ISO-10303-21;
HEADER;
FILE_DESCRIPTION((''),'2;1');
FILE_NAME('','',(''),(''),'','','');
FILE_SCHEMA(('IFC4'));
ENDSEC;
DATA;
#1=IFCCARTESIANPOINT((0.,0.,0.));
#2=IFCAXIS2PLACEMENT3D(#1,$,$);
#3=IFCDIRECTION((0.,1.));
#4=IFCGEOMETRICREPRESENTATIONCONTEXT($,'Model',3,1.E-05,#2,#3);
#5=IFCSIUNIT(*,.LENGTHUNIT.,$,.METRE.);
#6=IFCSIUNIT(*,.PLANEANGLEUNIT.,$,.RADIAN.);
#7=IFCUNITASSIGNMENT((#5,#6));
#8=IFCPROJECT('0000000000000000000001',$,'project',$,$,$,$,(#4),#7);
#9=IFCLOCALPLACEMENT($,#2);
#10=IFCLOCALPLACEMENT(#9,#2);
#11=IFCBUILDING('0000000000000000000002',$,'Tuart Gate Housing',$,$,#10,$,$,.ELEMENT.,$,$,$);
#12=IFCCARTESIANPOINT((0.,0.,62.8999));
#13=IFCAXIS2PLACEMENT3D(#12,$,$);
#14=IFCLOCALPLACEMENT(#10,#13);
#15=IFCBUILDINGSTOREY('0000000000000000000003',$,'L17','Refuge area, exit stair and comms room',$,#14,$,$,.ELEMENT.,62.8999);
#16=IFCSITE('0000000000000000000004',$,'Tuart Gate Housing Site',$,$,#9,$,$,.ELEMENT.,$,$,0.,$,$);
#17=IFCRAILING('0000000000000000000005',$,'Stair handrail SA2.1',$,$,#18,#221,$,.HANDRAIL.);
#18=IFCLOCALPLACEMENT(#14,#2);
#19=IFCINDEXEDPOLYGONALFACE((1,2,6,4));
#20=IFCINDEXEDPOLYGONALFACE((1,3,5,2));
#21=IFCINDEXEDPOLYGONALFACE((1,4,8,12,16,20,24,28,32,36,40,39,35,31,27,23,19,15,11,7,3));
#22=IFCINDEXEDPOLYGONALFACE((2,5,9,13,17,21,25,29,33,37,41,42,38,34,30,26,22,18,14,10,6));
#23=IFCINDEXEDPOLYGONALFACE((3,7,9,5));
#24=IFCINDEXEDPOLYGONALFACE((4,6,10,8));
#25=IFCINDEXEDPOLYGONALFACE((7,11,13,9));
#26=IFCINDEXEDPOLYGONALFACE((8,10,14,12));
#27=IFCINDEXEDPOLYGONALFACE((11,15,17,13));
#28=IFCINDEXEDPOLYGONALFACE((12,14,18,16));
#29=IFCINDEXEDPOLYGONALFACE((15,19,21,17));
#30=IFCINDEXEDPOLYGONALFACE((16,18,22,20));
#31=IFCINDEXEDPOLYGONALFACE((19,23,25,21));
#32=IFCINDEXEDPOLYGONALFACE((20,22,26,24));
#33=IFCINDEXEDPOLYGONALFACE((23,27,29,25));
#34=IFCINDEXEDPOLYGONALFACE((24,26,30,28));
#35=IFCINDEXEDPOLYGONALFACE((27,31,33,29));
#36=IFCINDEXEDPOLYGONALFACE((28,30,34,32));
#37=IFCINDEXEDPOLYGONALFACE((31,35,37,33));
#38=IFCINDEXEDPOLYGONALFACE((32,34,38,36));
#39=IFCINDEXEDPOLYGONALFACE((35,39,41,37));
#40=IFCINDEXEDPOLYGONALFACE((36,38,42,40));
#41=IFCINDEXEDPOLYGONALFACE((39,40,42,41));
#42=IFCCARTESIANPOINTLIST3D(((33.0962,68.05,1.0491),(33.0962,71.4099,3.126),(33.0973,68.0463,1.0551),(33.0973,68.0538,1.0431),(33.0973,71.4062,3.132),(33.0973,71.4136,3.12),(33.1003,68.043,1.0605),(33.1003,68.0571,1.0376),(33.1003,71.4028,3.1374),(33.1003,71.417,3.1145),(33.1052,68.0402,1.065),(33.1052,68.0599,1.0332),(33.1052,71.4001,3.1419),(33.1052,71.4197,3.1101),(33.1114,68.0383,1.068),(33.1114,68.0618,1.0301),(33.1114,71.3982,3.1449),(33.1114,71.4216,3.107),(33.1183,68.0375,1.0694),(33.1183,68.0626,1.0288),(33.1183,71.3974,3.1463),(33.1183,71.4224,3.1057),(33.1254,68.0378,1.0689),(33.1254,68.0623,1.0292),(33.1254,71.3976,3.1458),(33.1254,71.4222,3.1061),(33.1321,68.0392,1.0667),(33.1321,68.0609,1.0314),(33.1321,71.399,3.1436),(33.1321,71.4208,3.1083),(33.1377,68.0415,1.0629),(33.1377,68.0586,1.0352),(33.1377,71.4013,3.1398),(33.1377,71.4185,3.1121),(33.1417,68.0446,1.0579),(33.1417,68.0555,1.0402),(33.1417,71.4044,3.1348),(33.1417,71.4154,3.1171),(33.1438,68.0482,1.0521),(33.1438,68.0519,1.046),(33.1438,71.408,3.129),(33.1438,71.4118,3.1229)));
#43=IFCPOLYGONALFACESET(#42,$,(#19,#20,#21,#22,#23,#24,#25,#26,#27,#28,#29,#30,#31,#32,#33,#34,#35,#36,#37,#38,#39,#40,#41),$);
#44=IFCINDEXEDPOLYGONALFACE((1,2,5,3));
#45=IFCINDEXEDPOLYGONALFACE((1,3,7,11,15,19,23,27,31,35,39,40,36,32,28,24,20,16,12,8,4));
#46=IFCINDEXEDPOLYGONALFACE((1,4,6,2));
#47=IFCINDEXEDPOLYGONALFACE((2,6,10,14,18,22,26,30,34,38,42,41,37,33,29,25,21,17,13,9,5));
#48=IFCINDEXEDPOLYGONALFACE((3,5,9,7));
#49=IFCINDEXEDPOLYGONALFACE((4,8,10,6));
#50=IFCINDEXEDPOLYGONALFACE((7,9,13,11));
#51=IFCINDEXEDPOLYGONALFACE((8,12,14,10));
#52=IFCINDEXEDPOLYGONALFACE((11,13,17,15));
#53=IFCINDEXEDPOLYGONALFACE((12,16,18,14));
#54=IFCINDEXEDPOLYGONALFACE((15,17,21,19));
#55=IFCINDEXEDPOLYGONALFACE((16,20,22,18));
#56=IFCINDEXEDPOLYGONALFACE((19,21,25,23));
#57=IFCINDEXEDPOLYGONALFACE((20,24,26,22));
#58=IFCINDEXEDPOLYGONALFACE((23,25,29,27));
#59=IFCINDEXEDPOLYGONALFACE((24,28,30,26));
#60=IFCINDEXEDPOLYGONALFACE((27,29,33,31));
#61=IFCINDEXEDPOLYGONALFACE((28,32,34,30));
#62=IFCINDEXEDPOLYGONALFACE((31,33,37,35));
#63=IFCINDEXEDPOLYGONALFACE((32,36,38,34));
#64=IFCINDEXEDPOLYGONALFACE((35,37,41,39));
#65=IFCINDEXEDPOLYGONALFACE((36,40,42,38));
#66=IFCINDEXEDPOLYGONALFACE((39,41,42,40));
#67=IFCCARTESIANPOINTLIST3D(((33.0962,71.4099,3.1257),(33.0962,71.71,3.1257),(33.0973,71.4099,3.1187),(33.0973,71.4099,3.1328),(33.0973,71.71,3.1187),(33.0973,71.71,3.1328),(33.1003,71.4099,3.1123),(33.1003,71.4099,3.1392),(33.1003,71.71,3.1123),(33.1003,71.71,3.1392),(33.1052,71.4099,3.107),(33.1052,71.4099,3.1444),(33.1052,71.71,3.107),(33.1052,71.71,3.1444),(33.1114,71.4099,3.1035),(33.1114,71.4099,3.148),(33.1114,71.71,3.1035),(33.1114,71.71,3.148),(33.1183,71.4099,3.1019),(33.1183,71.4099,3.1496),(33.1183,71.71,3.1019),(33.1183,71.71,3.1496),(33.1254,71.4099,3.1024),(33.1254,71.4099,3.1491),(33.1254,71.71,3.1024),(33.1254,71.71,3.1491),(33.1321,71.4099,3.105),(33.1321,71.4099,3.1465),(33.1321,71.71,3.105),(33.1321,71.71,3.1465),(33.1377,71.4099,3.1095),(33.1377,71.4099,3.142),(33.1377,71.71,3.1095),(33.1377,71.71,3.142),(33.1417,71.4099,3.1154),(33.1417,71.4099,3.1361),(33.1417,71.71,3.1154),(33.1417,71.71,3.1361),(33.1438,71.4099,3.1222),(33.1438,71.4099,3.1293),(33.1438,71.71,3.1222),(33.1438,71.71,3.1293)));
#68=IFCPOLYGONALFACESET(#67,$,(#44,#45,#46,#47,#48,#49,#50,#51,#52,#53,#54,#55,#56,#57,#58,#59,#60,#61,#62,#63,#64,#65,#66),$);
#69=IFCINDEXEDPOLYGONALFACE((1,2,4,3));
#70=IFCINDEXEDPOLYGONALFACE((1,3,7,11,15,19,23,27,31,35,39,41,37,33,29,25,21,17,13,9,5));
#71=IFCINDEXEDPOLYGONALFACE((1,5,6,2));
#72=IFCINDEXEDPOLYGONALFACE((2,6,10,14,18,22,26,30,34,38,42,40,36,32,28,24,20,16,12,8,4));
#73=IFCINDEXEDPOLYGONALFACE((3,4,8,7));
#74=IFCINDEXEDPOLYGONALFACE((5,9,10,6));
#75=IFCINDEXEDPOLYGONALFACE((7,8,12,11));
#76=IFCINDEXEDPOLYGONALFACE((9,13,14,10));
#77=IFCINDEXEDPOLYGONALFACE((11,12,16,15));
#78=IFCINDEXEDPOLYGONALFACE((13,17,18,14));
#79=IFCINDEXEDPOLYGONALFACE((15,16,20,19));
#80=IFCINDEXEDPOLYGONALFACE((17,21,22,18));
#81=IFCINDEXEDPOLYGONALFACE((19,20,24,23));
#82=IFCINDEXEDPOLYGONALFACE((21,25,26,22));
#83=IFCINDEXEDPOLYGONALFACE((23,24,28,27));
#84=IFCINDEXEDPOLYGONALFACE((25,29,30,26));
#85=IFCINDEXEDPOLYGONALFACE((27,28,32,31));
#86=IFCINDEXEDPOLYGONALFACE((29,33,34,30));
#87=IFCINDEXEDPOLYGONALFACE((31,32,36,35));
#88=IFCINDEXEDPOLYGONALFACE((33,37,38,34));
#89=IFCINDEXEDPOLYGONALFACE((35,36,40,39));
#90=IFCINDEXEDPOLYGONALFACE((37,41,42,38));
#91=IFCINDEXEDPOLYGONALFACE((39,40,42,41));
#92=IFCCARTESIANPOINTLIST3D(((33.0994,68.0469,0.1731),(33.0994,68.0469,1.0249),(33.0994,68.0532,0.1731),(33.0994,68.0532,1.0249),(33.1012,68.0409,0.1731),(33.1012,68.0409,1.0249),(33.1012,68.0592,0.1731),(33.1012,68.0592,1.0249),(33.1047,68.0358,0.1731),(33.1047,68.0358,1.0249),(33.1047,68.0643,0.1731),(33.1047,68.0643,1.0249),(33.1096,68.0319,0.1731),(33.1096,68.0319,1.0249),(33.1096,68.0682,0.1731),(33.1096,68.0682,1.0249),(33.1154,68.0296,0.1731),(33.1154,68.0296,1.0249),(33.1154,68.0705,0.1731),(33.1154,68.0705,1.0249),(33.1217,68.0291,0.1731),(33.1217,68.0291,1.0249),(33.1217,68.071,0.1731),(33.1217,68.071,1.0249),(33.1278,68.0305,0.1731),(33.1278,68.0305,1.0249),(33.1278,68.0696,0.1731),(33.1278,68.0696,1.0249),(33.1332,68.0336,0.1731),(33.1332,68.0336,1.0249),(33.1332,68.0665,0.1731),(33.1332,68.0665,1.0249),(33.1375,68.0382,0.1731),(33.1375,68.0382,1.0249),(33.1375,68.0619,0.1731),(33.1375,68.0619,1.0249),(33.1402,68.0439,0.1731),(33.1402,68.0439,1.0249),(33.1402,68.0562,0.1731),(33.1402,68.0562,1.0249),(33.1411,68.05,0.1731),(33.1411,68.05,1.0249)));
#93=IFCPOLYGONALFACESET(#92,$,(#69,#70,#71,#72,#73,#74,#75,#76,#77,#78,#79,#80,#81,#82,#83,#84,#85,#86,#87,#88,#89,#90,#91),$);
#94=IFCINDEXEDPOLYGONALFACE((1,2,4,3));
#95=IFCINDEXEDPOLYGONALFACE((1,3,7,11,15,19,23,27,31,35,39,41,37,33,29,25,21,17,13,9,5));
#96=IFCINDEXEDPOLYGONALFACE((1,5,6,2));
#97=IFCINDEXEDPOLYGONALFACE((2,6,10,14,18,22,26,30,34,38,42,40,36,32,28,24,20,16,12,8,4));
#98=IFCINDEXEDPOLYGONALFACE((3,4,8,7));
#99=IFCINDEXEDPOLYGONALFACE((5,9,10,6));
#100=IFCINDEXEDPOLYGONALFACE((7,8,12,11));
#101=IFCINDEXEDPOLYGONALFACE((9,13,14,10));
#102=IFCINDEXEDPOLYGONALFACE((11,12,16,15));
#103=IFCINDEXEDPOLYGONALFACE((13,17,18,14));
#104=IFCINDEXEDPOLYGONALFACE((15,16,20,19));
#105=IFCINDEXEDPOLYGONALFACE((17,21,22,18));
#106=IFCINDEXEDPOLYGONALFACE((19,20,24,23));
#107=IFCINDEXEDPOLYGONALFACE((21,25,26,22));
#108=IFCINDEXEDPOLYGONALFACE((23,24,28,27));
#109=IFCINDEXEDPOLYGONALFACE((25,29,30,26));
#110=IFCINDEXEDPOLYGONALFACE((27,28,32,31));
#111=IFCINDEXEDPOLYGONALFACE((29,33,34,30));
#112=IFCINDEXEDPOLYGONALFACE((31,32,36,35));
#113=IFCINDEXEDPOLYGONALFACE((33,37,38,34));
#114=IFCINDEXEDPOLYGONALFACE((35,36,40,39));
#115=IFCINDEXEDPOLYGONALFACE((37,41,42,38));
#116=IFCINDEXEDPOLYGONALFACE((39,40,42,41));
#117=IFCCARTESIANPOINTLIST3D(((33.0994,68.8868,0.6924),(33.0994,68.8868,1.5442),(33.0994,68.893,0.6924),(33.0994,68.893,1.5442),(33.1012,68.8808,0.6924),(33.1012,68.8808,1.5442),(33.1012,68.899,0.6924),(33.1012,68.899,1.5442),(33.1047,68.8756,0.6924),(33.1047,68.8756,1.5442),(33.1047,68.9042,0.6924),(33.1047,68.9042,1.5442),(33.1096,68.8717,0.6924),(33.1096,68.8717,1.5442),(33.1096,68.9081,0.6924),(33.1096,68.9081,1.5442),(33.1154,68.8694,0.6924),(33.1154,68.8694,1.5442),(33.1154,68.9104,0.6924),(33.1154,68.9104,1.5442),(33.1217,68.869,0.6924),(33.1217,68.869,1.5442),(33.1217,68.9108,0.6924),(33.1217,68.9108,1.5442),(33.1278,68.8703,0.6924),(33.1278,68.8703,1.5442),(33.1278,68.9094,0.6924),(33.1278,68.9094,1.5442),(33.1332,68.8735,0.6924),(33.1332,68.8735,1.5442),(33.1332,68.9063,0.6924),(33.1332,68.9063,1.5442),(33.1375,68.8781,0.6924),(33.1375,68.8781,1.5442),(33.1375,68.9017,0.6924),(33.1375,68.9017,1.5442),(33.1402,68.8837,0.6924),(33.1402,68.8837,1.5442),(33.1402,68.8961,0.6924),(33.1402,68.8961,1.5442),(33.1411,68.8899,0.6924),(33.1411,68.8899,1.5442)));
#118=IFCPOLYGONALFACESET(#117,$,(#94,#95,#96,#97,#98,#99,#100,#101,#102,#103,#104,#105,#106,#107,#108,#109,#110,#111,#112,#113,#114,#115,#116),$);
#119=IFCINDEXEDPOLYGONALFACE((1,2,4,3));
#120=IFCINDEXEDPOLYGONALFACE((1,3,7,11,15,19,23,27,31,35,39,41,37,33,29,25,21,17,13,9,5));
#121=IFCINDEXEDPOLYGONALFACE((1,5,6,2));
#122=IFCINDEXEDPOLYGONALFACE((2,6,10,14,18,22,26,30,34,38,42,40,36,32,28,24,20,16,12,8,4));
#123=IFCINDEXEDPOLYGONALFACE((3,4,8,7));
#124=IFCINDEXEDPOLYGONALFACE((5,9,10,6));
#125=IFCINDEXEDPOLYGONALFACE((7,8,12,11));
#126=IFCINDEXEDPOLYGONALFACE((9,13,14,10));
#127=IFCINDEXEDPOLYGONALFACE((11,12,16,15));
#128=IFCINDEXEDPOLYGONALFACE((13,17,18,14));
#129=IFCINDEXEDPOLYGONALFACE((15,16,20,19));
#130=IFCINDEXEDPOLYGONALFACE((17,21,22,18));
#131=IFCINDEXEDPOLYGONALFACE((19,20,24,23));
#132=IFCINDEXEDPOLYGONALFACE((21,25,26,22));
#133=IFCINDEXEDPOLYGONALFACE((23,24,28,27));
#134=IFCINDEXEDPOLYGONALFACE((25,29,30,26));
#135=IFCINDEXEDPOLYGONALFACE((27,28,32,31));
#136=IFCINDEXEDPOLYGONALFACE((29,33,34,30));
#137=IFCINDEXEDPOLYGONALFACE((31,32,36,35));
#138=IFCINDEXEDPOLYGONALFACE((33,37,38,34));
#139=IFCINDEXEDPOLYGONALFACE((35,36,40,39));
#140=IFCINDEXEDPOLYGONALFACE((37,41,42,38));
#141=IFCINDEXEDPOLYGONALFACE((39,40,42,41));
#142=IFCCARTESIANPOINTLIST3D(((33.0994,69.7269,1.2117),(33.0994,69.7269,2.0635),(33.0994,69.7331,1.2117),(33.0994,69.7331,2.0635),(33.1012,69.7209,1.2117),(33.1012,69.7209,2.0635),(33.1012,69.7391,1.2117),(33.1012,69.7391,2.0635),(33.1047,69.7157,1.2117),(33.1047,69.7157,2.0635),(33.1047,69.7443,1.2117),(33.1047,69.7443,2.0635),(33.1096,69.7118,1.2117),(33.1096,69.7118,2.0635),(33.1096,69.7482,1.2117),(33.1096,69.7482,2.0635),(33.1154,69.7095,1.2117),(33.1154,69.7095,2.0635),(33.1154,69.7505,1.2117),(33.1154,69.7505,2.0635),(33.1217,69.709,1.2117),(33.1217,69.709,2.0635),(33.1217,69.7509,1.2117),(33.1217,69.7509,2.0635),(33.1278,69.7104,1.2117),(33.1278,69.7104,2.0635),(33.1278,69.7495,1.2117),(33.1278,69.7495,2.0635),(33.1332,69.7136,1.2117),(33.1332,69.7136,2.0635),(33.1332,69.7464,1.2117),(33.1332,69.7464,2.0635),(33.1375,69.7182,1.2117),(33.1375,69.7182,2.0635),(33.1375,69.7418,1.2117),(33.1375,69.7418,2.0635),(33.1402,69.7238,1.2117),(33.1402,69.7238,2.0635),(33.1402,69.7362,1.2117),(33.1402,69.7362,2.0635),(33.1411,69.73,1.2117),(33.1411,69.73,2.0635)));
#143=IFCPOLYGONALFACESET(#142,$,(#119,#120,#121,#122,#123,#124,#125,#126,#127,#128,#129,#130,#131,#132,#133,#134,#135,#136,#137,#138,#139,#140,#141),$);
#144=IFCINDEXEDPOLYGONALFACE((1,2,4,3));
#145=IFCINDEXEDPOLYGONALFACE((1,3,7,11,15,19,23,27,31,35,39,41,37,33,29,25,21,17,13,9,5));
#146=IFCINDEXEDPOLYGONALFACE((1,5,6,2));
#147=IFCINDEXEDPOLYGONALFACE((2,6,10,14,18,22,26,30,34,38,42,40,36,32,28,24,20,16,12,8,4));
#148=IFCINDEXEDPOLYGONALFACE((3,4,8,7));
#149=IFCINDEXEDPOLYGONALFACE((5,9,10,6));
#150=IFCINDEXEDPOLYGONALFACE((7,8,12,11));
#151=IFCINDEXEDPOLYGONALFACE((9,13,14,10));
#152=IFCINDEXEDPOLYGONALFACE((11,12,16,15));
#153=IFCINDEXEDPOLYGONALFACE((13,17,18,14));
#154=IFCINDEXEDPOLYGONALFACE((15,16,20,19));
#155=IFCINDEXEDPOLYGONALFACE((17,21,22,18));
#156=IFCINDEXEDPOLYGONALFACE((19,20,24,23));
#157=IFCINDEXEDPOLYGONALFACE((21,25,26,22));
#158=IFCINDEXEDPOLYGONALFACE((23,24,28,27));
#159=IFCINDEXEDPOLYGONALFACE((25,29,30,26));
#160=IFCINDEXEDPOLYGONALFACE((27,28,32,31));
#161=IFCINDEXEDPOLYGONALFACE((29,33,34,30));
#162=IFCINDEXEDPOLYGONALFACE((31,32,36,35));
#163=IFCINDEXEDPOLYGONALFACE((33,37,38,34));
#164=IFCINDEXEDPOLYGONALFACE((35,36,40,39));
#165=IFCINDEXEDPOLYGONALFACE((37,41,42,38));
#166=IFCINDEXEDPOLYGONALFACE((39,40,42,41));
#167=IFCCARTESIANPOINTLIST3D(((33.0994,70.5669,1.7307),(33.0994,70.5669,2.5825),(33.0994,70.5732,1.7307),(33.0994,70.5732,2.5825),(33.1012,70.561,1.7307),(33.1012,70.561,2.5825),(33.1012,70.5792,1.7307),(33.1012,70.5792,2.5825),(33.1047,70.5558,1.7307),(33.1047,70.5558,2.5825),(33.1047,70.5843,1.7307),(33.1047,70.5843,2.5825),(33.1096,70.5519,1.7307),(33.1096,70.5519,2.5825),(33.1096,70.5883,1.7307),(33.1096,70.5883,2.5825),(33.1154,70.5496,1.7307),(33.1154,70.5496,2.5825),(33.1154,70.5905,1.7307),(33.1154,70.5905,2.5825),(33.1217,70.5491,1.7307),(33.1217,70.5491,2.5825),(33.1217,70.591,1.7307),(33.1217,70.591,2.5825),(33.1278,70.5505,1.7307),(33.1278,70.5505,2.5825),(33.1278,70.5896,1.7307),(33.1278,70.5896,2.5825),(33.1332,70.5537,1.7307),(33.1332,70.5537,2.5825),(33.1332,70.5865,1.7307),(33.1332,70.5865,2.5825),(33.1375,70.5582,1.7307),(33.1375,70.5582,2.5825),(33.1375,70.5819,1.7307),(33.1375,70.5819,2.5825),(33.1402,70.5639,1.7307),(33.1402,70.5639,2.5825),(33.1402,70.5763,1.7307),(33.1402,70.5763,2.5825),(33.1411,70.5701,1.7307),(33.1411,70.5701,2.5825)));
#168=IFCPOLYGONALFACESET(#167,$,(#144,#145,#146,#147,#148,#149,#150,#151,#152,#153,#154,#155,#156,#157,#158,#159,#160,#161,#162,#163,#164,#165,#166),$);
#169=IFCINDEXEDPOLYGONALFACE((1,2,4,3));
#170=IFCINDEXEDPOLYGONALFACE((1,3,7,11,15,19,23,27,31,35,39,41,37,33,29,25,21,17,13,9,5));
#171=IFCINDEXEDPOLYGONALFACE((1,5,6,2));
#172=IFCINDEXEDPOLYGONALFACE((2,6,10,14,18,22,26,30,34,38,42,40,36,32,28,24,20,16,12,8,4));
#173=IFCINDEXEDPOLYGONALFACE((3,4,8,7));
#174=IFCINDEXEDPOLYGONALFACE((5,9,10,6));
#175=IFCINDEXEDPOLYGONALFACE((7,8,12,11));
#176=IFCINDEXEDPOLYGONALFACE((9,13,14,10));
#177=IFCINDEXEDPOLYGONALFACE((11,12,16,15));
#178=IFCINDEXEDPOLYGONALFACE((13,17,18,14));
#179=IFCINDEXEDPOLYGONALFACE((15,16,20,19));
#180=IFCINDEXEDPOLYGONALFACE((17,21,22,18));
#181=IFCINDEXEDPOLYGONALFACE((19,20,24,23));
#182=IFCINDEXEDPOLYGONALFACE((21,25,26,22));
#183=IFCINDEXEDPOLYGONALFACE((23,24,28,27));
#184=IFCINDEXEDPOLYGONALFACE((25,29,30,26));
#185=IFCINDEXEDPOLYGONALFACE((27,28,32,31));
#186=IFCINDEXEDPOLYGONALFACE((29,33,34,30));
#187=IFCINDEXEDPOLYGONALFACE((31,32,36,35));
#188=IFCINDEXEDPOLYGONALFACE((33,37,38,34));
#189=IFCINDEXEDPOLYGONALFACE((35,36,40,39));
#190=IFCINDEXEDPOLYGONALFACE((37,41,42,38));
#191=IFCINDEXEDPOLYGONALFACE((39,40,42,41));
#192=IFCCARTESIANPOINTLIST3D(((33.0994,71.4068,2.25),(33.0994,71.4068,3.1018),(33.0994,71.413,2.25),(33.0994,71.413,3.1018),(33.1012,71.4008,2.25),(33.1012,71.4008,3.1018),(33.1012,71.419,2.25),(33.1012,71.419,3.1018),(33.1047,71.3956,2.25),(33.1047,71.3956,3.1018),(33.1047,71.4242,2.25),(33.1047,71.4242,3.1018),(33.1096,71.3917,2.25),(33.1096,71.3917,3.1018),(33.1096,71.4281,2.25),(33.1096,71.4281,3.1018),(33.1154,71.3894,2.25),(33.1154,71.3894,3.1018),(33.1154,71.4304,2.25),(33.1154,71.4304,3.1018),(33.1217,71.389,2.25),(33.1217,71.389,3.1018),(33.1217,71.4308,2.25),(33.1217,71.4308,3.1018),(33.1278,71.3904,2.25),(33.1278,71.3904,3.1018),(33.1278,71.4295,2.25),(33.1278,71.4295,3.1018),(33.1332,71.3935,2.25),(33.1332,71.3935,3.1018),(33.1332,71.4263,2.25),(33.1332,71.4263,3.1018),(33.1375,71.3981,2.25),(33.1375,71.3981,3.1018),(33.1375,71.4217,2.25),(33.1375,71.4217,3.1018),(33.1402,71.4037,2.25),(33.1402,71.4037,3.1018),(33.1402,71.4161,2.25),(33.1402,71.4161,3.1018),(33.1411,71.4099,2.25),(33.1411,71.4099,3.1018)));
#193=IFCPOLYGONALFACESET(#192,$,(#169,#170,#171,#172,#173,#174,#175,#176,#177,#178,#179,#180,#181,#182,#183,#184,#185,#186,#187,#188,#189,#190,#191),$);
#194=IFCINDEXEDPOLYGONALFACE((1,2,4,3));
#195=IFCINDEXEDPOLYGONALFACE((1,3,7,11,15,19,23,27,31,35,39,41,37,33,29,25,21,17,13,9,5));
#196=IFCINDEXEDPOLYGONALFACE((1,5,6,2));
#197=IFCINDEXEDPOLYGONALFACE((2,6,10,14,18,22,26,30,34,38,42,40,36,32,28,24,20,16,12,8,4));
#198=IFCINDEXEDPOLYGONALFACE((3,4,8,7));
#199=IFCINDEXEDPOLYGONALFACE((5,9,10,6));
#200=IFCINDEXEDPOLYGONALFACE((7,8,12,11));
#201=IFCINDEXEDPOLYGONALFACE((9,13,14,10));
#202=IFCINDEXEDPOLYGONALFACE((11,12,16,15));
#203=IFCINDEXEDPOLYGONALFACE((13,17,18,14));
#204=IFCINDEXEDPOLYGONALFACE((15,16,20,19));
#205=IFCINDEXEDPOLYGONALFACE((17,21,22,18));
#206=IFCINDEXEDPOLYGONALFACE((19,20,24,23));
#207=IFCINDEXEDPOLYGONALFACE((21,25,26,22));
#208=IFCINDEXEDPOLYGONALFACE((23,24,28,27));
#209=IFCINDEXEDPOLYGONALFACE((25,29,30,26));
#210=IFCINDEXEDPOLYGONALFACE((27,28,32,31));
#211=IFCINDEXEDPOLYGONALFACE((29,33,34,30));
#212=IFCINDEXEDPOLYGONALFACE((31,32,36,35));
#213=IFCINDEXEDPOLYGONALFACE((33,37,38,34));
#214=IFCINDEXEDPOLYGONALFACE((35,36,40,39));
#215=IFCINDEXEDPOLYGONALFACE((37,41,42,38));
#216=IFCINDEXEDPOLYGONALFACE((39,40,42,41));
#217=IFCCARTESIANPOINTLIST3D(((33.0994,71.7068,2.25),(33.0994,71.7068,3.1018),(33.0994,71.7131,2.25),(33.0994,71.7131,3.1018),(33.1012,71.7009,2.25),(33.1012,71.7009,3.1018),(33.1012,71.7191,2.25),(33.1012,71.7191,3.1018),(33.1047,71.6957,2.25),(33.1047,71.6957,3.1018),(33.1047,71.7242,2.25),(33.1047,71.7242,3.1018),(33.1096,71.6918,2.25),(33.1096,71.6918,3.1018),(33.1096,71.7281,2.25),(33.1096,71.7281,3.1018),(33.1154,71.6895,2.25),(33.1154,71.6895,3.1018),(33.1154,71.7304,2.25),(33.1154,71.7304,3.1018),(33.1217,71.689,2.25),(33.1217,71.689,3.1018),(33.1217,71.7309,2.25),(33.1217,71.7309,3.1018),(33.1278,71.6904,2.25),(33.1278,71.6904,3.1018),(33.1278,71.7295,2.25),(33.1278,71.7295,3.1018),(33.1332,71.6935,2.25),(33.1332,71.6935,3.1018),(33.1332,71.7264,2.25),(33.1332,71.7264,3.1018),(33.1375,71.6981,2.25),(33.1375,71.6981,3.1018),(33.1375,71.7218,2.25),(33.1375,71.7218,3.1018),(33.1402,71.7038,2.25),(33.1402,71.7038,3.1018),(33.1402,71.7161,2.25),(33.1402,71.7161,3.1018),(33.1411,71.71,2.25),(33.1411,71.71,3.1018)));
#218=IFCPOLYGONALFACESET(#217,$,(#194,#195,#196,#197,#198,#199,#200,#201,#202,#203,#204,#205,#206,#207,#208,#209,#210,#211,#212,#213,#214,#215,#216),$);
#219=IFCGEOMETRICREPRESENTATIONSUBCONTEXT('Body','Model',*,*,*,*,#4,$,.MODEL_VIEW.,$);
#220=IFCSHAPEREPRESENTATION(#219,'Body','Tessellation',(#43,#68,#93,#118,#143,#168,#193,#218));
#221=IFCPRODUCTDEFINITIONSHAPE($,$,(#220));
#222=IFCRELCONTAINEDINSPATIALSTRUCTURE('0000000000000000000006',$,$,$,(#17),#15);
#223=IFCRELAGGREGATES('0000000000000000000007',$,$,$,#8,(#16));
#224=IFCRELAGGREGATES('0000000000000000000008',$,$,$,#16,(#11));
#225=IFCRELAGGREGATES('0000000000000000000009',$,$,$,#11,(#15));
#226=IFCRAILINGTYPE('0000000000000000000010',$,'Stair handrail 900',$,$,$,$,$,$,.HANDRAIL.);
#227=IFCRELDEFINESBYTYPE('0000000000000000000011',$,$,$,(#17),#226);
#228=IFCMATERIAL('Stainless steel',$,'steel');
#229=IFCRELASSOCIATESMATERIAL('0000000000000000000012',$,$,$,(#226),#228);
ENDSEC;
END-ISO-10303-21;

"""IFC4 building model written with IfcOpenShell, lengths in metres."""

from ifc_helpers import new_model, si_unit, direction, frame, origin, origin_2d, place, context, subcontext, project, spatial, circle, extrude, material, type_object, element, save


model = new_model("IFC4")

# Units and contexts
model_context = context("Model", 3, precision=1e-05, world=origin(), true_north=direction((0.0, 1.0)))
body_context = subcontext(model_context, "Body", "Model", "MODEL_VIEW")
ifc_project = project(units=[si_unit("LENGTHUNIT", "METRE"), si_unit("PLANEANGLEUNIT", "RADIAN")], contexts=[model_context])

# Site, building, storey
site_placement = place(None, origin())
site = spatial("IfcSite", under=ifc_project, at=site_placement, Name="Tuart Gate Housing Site", CompositionType="ELEMENT", RefElevation=0.0)
building_placement = place(site_placement, origin())
building = spatial("IfcBuilding", under=site, at=building_placement, Name="Tuart Gate Housing", CompositionType="ELEMENT")
storey_placement = place(building_placement, frame((0.0, 0.0, 62.8999)))
storey = spatial("IfcBuildingStorey", under=building, at=storey_placement, Name="L17", Description="Refuge area, exit stair and comms room", CompositionType="ELEMENT", Elevation=62.8999)

# Railing
ifc_material_1 = material(Name="Stainless steel", Category="steel")
railing_type = type_object("IfcRailingType", Name="Stair handrail 900", PredefinedType="HANDRAIL", material=ifc_material_1)
railing_placement = place(storey_placement, frame((33.1201, 68.05, 0.1731)))
element("IfcRailing", 1, at=railing_placement, inside=storey, type_object=railing_type, Name="Stair handrail SA2.1", PredefinedType="HANDRAIL", context=body_context, shape_type="SweptSolid", body=[
    extrude(circle(Radius=0.0239, at=origin_2d()), frame((0.0, 0.0, 0.876), z_axis=(0.0, 0.850606, 0.525803), x_axis=(-1.0, 0.0, 0.0)), (0.0, 0.0, 1.0), 3.95),
    extrude(circle(Radius=0.0239, at=origin_2d()), frame((0.0, 3.3599, 2.9526), z_axis=(0.0, 1.0, 0.0), x_axis=(-1.0, 0.0, 0.0)), (0.0, 0.0, 1.0), 0.3),
    extrude(circle(Radius=0.021, at=origin_2d()), origin(), (0.0, 0.0, 1.0), 0.8518),
    extrude(circle(Radius=0.021, at=origin_2d()), frame((0.0, 0.8398, 0.5193)), (0.0, 0.0, 1.0), 0.8518),
    extrude(circle(Radius=0.021, at=origin_2d()), frame((0.0, 1.6799, 1.0386)), (0.0, 0.0, 1.0), 0.8518),
    extrude(circle(Radius=0.021, at=origin_2d()), frame((0.0, 2.52, 1.5576)), (0.0, 0.0, 1.0), 0.8518),
    extrude(circle(Radius=0.021, at=origin_2d()), frame((0.0, 3.3599, 2.0769)), (0.0, 0.0, 1.0), 0.8518),
    extrude(circle(Radius=0.021, at=origin_2d()), frame((0.0, 3.6599, 2.0769)), (0.0, 0.0, 1.0), 0.8518),
])

save(model, "model.ifc")
